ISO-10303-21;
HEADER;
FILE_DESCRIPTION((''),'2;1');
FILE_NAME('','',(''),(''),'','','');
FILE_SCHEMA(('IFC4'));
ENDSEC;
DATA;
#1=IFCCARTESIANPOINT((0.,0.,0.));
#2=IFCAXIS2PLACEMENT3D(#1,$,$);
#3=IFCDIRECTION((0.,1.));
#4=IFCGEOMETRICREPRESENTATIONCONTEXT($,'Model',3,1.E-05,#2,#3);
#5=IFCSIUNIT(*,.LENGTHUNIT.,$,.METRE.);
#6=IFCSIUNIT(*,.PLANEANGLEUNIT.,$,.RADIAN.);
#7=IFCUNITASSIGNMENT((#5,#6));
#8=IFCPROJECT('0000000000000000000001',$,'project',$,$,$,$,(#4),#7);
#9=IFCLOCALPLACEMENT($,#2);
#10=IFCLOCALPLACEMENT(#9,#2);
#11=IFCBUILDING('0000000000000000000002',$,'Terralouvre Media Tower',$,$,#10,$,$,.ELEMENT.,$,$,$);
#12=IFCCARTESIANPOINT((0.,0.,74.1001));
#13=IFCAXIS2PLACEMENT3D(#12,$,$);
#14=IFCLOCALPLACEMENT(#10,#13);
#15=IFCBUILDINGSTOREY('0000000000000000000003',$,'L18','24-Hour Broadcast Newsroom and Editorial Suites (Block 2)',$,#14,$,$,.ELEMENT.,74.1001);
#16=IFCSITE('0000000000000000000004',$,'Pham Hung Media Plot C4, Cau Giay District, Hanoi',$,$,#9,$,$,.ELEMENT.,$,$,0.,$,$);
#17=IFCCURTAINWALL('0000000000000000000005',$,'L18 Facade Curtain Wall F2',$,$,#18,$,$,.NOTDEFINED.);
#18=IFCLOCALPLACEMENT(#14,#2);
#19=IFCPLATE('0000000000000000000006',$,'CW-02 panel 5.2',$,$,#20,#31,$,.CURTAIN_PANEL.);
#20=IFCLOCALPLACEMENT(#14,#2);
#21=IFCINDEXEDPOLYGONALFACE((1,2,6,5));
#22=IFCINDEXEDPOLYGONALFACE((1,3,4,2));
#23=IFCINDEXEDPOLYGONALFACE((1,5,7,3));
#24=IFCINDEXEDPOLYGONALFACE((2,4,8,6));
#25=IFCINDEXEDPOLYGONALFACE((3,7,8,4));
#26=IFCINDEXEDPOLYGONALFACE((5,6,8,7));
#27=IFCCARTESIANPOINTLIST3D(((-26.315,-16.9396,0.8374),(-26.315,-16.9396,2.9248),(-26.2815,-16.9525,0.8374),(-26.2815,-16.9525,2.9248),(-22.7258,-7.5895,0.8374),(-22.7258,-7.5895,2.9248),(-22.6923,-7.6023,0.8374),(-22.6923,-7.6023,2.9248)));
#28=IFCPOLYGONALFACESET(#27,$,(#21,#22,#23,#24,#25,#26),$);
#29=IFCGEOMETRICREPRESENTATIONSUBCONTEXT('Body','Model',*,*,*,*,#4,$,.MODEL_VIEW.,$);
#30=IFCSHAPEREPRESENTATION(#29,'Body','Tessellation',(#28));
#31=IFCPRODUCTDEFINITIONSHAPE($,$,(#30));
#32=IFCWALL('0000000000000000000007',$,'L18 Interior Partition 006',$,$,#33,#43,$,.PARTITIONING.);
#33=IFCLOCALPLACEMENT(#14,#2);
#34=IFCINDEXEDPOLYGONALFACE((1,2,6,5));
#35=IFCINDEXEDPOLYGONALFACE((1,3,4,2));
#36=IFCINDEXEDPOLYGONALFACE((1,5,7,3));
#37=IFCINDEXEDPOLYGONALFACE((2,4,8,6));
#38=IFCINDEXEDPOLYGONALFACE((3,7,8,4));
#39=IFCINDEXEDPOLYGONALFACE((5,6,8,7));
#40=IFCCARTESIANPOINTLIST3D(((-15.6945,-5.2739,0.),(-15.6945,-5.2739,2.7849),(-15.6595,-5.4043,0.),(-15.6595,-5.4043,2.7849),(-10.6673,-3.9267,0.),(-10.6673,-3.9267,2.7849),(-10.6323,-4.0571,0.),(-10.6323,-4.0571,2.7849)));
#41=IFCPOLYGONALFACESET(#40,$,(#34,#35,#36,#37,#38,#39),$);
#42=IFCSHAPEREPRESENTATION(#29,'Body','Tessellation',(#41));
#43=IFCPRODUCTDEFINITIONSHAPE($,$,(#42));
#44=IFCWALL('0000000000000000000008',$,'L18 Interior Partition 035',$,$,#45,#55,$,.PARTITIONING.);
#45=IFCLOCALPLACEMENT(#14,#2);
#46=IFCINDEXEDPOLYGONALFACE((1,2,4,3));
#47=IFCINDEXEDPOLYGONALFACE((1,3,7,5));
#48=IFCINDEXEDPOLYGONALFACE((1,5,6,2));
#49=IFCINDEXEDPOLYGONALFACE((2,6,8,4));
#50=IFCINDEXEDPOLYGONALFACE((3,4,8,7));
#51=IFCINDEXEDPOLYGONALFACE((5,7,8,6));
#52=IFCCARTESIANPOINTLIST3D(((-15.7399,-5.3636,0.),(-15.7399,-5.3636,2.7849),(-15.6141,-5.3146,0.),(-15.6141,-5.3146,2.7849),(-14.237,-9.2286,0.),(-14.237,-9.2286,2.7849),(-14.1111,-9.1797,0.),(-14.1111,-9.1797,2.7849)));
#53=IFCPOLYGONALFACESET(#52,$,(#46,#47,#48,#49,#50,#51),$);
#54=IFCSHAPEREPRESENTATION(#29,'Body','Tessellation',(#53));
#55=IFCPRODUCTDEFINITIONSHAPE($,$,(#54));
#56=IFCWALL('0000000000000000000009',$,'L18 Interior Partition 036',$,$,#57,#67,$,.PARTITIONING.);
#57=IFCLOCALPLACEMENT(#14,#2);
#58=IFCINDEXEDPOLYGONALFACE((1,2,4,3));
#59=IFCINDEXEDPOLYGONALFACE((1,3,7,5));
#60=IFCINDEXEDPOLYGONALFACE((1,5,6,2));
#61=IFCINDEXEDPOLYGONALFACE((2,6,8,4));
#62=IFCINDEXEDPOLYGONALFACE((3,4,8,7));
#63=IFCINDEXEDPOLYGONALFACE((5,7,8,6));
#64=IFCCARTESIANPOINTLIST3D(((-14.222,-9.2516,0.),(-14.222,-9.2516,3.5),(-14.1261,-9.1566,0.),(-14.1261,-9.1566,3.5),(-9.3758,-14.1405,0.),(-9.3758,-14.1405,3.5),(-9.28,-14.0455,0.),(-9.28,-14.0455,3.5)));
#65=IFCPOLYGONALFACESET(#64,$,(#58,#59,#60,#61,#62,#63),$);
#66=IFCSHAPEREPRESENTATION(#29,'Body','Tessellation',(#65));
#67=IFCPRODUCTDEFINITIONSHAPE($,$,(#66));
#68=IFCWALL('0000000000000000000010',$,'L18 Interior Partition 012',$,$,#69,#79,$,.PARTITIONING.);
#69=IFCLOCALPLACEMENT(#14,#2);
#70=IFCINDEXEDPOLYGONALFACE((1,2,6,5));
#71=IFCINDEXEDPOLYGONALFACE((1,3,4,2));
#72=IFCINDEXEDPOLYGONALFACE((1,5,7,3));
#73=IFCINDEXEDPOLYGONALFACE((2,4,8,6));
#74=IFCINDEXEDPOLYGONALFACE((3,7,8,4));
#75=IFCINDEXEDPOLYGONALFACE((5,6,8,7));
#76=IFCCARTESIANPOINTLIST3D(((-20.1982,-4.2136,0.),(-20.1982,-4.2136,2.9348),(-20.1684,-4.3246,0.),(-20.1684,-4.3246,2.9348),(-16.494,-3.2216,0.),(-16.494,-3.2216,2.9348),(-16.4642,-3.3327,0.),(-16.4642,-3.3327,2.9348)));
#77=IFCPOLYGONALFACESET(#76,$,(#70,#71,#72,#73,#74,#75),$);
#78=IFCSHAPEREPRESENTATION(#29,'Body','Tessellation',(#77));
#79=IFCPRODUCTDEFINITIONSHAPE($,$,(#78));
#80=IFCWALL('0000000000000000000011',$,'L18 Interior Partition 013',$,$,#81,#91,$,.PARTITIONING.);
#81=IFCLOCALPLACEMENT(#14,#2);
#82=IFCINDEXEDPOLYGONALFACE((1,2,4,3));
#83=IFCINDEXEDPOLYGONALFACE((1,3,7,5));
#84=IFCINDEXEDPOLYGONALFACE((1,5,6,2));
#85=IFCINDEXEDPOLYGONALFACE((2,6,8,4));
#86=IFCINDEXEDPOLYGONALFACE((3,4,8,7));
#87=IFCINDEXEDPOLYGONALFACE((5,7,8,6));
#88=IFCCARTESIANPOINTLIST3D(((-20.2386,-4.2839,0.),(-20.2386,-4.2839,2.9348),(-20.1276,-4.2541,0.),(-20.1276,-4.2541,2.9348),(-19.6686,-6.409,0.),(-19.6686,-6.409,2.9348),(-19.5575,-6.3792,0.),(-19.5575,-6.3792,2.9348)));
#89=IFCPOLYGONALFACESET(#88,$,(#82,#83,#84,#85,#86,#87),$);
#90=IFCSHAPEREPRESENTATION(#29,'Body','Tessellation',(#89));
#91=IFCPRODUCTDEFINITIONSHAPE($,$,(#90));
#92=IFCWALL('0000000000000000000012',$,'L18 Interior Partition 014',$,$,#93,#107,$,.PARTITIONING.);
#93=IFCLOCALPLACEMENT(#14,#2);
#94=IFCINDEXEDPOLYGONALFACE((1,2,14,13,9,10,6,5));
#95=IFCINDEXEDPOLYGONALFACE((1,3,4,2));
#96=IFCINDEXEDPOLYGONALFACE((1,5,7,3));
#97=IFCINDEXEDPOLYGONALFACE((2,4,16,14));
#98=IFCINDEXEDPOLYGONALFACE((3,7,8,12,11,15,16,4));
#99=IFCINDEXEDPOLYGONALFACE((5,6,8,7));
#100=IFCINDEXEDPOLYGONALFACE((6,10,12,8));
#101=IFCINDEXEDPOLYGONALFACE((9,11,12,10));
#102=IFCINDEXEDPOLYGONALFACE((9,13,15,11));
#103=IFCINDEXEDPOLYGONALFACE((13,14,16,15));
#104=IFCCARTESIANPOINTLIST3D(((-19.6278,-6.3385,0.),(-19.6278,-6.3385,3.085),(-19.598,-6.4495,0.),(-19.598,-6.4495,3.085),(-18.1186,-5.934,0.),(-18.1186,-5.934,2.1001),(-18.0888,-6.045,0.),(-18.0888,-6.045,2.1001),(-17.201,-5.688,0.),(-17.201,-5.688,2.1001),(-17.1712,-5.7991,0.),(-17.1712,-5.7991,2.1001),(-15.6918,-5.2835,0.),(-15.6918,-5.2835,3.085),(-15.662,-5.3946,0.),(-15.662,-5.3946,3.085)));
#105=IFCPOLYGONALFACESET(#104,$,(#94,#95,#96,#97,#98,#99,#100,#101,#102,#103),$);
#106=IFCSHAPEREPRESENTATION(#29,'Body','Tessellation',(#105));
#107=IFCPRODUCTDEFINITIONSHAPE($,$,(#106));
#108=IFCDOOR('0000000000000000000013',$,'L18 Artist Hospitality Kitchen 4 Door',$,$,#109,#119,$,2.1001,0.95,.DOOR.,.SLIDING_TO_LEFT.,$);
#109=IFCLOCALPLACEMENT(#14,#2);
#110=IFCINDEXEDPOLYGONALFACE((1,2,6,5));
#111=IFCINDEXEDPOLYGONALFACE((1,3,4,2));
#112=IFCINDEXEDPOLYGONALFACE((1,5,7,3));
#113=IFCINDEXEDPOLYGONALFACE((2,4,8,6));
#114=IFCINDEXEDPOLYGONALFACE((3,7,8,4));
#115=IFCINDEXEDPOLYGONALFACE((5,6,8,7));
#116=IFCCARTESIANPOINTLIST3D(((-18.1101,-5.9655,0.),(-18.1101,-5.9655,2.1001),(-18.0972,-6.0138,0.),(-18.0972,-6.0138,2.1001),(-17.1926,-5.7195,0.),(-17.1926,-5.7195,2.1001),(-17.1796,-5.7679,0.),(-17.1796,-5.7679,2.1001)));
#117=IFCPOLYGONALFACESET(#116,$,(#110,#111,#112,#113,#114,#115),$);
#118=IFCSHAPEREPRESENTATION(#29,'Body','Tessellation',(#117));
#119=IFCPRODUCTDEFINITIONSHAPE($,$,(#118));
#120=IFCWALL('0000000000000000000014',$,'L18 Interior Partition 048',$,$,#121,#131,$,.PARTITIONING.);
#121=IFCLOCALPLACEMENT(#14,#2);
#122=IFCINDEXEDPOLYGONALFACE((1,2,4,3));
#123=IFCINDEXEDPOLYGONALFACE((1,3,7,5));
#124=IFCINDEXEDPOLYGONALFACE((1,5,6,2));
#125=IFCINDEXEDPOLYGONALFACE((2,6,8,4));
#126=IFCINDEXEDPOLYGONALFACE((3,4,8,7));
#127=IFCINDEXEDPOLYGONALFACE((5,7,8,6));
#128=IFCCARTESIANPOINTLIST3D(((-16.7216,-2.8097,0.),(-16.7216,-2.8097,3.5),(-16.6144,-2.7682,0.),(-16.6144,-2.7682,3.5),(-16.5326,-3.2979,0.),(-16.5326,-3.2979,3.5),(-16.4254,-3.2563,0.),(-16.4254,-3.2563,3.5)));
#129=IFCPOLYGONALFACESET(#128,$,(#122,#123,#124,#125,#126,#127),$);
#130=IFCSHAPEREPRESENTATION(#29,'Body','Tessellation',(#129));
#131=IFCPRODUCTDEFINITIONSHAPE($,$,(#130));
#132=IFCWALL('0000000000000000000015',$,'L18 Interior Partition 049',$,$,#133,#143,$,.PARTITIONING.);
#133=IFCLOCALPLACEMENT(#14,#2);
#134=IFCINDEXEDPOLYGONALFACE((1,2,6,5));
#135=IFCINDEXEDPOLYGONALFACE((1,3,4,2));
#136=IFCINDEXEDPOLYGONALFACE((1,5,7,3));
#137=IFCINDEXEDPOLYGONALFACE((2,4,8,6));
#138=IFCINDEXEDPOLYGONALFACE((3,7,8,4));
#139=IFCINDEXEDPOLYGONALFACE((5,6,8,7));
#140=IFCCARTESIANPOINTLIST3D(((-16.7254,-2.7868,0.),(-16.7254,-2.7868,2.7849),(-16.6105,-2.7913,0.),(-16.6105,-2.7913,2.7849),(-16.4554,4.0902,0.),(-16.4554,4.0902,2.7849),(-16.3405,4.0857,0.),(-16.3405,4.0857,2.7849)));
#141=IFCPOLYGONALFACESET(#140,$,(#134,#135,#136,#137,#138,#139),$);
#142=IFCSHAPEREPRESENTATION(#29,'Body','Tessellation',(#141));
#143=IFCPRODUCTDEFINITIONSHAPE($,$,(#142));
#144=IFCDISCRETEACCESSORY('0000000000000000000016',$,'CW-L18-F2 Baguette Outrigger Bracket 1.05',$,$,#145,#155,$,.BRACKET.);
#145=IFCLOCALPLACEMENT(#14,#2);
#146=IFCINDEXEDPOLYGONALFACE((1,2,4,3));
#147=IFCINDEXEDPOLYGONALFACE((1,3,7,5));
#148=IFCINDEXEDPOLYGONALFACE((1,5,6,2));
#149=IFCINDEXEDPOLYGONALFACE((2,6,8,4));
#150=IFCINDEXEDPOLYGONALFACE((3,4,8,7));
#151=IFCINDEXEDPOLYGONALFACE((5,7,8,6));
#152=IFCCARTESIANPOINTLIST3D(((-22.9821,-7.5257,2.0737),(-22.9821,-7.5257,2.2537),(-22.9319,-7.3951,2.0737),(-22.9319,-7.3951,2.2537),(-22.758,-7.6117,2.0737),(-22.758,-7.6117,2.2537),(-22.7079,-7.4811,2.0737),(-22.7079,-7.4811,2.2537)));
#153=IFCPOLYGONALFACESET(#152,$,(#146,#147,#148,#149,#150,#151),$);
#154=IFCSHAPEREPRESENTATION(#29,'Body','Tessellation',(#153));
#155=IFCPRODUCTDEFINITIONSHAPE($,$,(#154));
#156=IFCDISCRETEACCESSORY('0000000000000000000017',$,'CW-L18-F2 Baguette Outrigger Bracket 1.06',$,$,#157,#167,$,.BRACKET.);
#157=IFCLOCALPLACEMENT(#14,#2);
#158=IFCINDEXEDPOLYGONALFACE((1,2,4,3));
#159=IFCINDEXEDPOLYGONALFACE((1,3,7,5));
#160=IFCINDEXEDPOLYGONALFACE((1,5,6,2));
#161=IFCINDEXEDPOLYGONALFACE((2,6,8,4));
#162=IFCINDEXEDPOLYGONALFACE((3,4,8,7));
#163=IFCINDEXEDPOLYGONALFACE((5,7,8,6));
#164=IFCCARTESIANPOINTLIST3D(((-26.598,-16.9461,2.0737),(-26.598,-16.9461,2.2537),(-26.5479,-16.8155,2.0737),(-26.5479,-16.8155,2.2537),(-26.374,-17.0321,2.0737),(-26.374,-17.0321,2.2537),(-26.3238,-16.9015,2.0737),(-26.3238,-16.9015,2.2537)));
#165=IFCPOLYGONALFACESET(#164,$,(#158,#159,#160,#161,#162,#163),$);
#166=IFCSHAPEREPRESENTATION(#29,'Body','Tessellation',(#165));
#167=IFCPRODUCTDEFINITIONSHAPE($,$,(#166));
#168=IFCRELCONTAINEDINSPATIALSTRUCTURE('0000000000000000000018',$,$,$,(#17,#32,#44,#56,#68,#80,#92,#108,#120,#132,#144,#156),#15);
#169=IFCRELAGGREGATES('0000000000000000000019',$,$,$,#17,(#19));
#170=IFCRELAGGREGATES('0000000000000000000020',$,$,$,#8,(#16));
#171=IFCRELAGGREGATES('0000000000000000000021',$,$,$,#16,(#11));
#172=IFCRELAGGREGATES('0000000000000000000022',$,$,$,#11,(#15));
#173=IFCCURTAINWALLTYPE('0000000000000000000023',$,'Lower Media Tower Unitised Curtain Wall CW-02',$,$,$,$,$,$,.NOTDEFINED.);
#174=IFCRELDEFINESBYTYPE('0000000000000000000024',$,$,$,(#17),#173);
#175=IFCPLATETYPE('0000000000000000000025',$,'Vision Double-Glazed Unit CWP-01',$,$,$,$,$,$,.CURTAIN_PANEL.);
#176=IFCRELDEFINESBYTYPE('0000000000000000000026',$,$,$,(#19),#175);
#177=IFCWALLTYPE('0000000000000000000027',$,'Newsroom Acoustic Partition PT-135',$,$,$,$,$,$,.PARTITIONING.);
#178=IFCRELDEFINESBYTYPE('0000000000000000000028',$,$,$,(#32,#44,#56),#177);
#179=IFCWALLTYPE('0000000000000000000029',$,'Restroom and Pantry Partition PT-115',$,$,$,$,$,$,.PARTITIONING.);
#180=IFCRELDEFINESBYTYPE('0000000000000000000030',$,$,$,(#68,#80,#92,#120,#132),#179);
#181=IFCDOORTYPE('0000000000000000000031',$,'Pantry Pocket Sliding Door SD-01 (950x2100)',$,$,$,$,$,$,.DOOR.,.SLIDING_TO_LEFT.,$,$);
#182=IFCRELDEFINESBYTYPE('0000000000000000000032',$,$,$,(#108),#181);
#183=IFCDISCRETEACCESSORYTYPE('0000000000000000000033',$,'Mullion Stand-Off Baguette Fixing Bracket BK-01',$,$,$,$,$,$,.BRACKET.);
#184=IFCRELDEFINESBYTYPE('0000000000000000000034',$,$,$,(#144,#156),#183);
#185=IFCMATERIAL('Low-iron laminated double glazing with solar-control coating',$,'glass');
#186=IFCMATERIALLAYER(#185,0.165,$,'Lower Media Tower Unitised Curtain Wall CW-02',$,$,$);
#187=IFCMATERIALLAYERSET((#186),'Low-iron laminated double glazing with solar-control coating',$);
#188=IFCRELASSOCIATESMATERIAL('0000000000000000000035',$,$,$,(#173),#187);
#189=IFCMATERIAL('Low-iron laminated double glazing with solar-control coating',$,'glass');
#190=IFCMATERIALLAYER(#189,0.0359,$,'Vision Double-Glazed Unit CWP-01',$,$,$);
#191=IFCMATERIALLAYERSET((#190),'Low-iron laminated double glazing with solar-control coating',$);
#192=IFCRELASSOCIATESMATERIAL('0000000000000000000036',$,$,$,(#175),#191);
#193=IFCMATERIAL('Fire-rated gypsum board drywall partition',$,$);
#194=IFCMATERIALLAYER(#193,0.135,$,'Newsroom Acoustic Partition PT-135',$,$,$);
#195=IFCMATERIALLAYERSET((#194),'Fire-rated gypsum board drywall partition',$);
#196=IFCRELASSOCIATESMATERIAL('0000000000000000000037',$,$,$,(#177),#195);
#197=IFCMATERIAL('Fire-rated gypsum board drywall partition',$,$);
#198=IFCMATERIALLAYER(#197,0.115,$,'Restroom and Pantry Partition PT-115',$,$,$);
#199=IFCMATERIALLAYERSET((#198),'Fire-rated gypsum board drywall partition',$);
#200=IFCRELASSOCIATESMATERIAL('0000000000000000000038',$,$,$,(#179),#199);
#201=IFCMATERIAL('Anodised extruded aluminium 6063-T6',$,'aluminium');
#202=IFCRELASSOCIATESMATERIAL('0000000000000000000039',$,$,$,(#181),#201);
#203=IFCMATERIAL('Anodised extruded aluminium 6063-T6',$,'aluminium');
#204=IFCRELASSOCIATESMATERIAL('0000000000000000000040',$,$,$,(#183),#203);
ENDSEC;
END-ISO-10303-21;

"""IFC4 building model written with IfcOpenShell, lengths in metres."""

from ifc_helpers import new_model, si_unit, direction, frame, frame_2d, origin, origin_2d, place, context, subcontext, project, spatial, rectangle, extrude, material, layer, layer_set, type_object, element, fill, aggregate, save


model = new_model("IFC4")

# Units and contexts
model_context = context("Model", 3, precision=1e-05, world=origin(), true_north=direction((0.0, 1.0)))
body_context = subcontext(model_context, "Body", "Model", "MODEL_VIEW")
ifc_project = project(units=[si_unit("LENGTHUNIT", "METRE"), si_unit("PLANEANGLEUNIT", "RADIAN")], contexts=[model_context])

# Site, building, storey
site_placement = place(None, origin())
site = spatial("IfcSite", under=ifc_project, at=site_placement, Name="Pham Hung Media Plot C4, Cau Giay District, Hanoi", CompositionType="ELEMENT", RefElevation=0.0)
building_placement = place(site_placement, origin())
building = spatial("IfcBuilding", under=site, at=building_placement, Name="Terralouvre Media Tower", CompositionType="ELEMENT")
storey_placement = place(building_placement, frame((0.0, 0.0, 74.1001)))
storey = spatial("IfcBuildingStorey", under=building, at=storey_placement, Name="L18", Description="24-Hour Broadcast Newsroom and Editorial Suites (Block 2)", CompositionType="ELEMENT", Elevation=74.1001)

# Curtain wall
ifc_material_1 = material(Name="Low-iron laminated double glazing with solar-control coating", Category="glass")
ifc_layer_1 = layer(ifc_material_1, 0.165, Name="Lower Media Tower Unitised Curtain Wall CW-02")
ifc_layer_set_1 = layer_set([ifc_layer_1], Name="Low-iron laminated double glazing with solar-control coating")
curtain_wall_type_1 = type_object("IfcCurtainWallType", Name="Lower Media Tower Unitised Curtain Wall CW-02", PredefinedType="NOTDEFINED", material=ifc_layer_set_1)
curtain_wall_1_placement = place(storey_placement, origin())
curtain_wall_1 = element("IfcCurtainWall", 1, at=curtain_wall_1_placement, inside=storey, type_object=curtain_wall_type_1, Name="L18 Facade Curtain Wall F2", PredefinedType="NOTDEFINED")

# Plate
ifc_material_2 = material(Name="Low-iron laminated double glazing with solar-control coating", Category="glass")
ifc_layer_2 = layer(ifc_material_2, 0.0359, Name="Vision Double-Glazed Unit CWP-01")
ifc_layer_set_2 = layer_set([ifc_layer_2], Name="Low-iron laminated double glazing with solar-control coating")
plate_type = type_object("IfcPlateType", Name="Vision Double-Glazed Unit CWP-01", PredefinedType="CURTAIN_PANEL", material=ifc_layer_set_2)
plate_1_placement = place(storey_placement, frame((-24.5037, -12.271, 0.8374), z_axis=(0.0, 0.0, 1.0), x_axis=(-0.358368, -0.93358, 0.0)))
plate_1 = element("IfcPlate", 2, at=plate_1_placement, type_object=plate_type, Name="CW-02 panel 5.2", PredefinedType="CURTAIN_PANEL", context=body_context, shape_type="SweptSolid", body=[
    extrude(rectangle(XDim=10.0154, YDim=0.0359, at=origin_2d()), origin(), (0.0, 0.0, 1.0), 2.0874),
])
aggregate(curtain_wall_1, [plate_1])

# Walls
ifc_material_3 = material(Name="Fire-rated gypsum board drywall partition")
ifc_layer_3 = layer(ifc_material_3, 0.135, Name="Newsroom Acoustic Partition PT-135")
ifc_layer_set_3 = layer_set([ifc_layer_3], Name="Fire-rated gypsum board drywall partition")
wall_type_1 = type_object("IfcWallType", Name="Newsroom Acoustic Partition PT-135", PredefinedType="PARTITIONING", material=ifc_layer_set_3)
wall_1_placement = place(storey_placement, frame((-15.677, -5.3391, 0.0), z_axis=(0.0, 0.0, 1.0), x_axis=(0.965918, 0.258848, 0.0)))
element("IfcWall", 3, at=wall_1_placement, inside=storey, type_object=wall_type_1, Name="L18 Interior Partition 006", PredefinedType="PARTITIONING", context=body_context, shape_type="SweptSolid", body=[
    extrude(rectangle(XDim=5.2046, YDim=0.135, at=frame_2d((2.6023, 0.0))), origin(), (0.0, 0.0, 1.0), 2.7849),
])
wall_2_placement = place(storey_placement, frame((-15.677, -5.3391, 0.0), z_axis=(0.0, 0.0, 1.0), x_axis=(0.362421, -0.932015, 0.0)))
element("IfcWall", 4, at=wall_2_placement, inside=storey, type_object=wall_type_1, Name="L18 Interior Partition 035", PredefinedType="PARTITIONING", context=body_context, shape_type="SweptSolid", body=[
    extrude(rectangle(XDim=4.147, YDim=0.135, at=frame_2d((2.0735, 0.0))), origin(), (0.0, 0.0, 1.0), 2.7849),
])
wall_3_placement = place(storey_placement, frame((-14.1741, -9.2041, 0.0), z_axis=(0.0, 0.0, 1.0), x_axis=(0.703997, -0.710203, 0.0)))
element("IfcWall", 5, at=wall_3_placement, inside=storey, type_object=wall_type_1, Name="L18 Interior Partition 036", PredefinedType="PARTITIONING", context=body_context, shape_type="SweptSolid", body=[
    extrude(rectangle(XDim=6.8838, YDim=0.135, at=frame_2d((3.4419, 0.0))), origin(), (0.0, 0.0, 1.0), 3.5),
])
ifc_material_4 = material(Name="Fire-rated gypsum board drywall partition")
ifc_layer_4 = layer(ifc_material_4, 0.115, Name="Restroom and Pantry Partition PT-115")
ifc_layer_set_4 = layer_set([ifc_layer_4], Name="Fire-rated gypsum board drywall partition")
wall_type_2 = type_object("IfcWallType", Name="Restroom and Pantry Partition PT-115", PredefinedType="PARTITIONING", material=ifc_layer_set_4)
wall_4_placement = place(storey_placement, frame((-16.479, -3.2771, 0.0), z_axis=(0.0, 0.0, 1.0), x_axis=(-0.965963, -0.258681, 0.0)))
element("IfcWall", 6, at=wall_4_placement, inside=storey, type_object=wall_type_2, Name="L18 Interior Partition 012", PredefinedType="PARTITIONING", context=body_context, shape_type="SweptSolid", body=[
    extrude(rectangle(XDim=3.8347, YDim=0.115, at=frame_2d((1.9175, 0.0))), origin(), (0.0, 0.0, 1.0), 2.9348),
])
wall_5_placement = place(storey_placement, frame((-20.1831, -4.269, 0.0), z_axis=(0.0, 0.0, 1.0), x_axis=(0.259106, -0.965849, 0.0)))
element("IfcWall", 7, at=wall_5_placement, inside=storey, type_object=wall_type_2, Name="L18 Interior Partition 013", PredefinedType="PARTITIONING", context=body_context, shape_type="SweptSolid", body=[
    extrude(rectangle(XDim=2.2002, YDim=0.115, at=frame_2d((1.1001, 0.0))), origin(), (0.0, 0.0, 1.0), 2.9348),
])

# Wall, opening, door
wall_6_placement = place(storey_placement, frame((-19.613, -6.394, 0.0), z_axis=(0.0, 0.0, 1.0), x_axis=(0.965909, 0.258882, 0.0)))
wall_6 = element("IfcWall", 8, at=wall_6_placement, inside=storey, type_object=wall_type_2, Name="L18 Interior Partition 014", PredefinedType="PARTITIONING", context=body_context, shape_type="SweptSolid", body=[
    extrude(rectangle(XDim=4.075, YDim=0.115, at=frame_2d((2.0376, 0.0))), origin(), (0.0, 0.0, 1.0), 3.085),
])
opening_placement = place(wall_6_placement, frame((1.5625, 0.0, 0.0)))
opening = element("IfcOpeningElement", 9, at=opening_placement, cuts=wall_6, PredefinedType="OPENING", context=body_context, shape_type="SweptSolid", body=[
    extrude(rectangle(XDim=0.95, YDim=2.1001, at=frame_2d((0.4751, 1.05))), frame((0.0, 0.0674, 0.0), z_axis=(0.0, -1.0, 0.0), x_axis=(1.0, 0.0, 0.0)), (0.0, 0.0, 1.0), 0.135),
])
ifc_material_5 = material(Name="Anodised extruded aluminium 6063-T6", Category="aluminium")
door_type = type_object("IfcDoorType", Name="Pantry Pocket Sliding Door SD-01 (950x2100)", OperationType="SLIDING_TO_LEFT", PredefinedType="DOOR", material=ifc_material_5)
door_placement = place(opening_placement, origin())
door = element("IfcDoor", 10, at=door_placement, inside=storey, type_object=door_type, Name="L18 Artist Hospitality Kitchen 4 Door", OperationType="SLIDING_TO_LEFT", OverallHeight=2.1001, OverallWidth=0.95, PredefinedType="DOOR", context=body_context, shape_type="SweptSolid", body=[
    extrude(rectangle(XDim=0.95, YDim=2.1001, at=frame_2d((0.4751, 1.05))), frame((0.0, 0.0249, 0.0), z_axis=(0.0, -1.0, 0.0), x_axis=(1.0, 0.0, 0.0)), (0.0, 0.0, 1.0), 0.05),
])
fill(opening, door)

# Walls
wall_7_placement = place(storey_placement, frame((-16.479, -3.2771, 0.0), z_axis=(0.0, 0.0, 1.0), x_axis=(-0.361073, 0.932538, 0.0)))
element("IfcWall", 11, at=wall_7_placement, inside=storey, type_object=wall_type_2, Name="L18 Interior Partition 048", PredefinedType="PARTITIONING", context=body_context, shape_type="SweptSolid", body=[
    extrude(rectangle(XDim=0.5234, YDim=0.115, at=frame_2d((0.2617, 0.0))), origin(), (0.0, 0.0, 1.0), 3.5),
])
wall_8_placement = place(storey_placement, frame((-16.668, -2.7891, 0.0), z_axis=(0.0, 0.0, 1.0), x_axis=(0.039234, 0.99923, 0.0)))
element("IfcWall", 12, at=wall_8_placement, inside=storey, type_object=wall_type_2, Name="L18 Interior Partition 049", PredefinedType="PARTITIONING", context=body_context, shape_type="SweptSolid", body=[
    extrude(rectangle(XDim=6.8823, YDim=0.115, at=frame_2d((3.4412, 0.0))), origin(), (0.0, 0.0, 1.0), 2.7849),
])

# Discrete accessories
ifc_material_6 = material(Name="Anodised extruded aluminium 6063-T6", Category="aluminium")
discrete_accessory_type = type_object("IfcDiscreteAccessoryType", Name="Mullion Stand-Off Baguette Fixing Bracket BK-01", PredefinedType="BRACKET", material=ifc_material_6)
for number, where, z_axis, x_axis, name in (
    (13, (-22.845, -7.5034, 2.0737), (0.0, 0.0, 1.0), (-0.358368, -0.93358, 0.0), "CW-L18-F2 Baguette Outrigger Bracket 1.05"),
    (14, (-26.4609, -16.9238, 2.0737), (0.0, 0.0, 1.0), (-0.358368, -0.93358, 0.0), "CW-L18-F2 Baguette Outrigger Bracket 1.06"),
):
    element("IfcDiscreteAccessory", number, at=place(storey_placement, frame(where, z_axis=z_axis, x_axis=x_axis)), inside=storey, type_object=discrete_accessory_type, Name=name, PredefinedType="BRACKET", context=body_context, shape_type="SweptSolid", body=[
        extrude(rectangle(XDim=0.1399, YDim=0.24, at=origin_2d()), origin(), (0.0, 0.0, 1.0), 0.1799),
    ])

save(model, "model.ifc")
